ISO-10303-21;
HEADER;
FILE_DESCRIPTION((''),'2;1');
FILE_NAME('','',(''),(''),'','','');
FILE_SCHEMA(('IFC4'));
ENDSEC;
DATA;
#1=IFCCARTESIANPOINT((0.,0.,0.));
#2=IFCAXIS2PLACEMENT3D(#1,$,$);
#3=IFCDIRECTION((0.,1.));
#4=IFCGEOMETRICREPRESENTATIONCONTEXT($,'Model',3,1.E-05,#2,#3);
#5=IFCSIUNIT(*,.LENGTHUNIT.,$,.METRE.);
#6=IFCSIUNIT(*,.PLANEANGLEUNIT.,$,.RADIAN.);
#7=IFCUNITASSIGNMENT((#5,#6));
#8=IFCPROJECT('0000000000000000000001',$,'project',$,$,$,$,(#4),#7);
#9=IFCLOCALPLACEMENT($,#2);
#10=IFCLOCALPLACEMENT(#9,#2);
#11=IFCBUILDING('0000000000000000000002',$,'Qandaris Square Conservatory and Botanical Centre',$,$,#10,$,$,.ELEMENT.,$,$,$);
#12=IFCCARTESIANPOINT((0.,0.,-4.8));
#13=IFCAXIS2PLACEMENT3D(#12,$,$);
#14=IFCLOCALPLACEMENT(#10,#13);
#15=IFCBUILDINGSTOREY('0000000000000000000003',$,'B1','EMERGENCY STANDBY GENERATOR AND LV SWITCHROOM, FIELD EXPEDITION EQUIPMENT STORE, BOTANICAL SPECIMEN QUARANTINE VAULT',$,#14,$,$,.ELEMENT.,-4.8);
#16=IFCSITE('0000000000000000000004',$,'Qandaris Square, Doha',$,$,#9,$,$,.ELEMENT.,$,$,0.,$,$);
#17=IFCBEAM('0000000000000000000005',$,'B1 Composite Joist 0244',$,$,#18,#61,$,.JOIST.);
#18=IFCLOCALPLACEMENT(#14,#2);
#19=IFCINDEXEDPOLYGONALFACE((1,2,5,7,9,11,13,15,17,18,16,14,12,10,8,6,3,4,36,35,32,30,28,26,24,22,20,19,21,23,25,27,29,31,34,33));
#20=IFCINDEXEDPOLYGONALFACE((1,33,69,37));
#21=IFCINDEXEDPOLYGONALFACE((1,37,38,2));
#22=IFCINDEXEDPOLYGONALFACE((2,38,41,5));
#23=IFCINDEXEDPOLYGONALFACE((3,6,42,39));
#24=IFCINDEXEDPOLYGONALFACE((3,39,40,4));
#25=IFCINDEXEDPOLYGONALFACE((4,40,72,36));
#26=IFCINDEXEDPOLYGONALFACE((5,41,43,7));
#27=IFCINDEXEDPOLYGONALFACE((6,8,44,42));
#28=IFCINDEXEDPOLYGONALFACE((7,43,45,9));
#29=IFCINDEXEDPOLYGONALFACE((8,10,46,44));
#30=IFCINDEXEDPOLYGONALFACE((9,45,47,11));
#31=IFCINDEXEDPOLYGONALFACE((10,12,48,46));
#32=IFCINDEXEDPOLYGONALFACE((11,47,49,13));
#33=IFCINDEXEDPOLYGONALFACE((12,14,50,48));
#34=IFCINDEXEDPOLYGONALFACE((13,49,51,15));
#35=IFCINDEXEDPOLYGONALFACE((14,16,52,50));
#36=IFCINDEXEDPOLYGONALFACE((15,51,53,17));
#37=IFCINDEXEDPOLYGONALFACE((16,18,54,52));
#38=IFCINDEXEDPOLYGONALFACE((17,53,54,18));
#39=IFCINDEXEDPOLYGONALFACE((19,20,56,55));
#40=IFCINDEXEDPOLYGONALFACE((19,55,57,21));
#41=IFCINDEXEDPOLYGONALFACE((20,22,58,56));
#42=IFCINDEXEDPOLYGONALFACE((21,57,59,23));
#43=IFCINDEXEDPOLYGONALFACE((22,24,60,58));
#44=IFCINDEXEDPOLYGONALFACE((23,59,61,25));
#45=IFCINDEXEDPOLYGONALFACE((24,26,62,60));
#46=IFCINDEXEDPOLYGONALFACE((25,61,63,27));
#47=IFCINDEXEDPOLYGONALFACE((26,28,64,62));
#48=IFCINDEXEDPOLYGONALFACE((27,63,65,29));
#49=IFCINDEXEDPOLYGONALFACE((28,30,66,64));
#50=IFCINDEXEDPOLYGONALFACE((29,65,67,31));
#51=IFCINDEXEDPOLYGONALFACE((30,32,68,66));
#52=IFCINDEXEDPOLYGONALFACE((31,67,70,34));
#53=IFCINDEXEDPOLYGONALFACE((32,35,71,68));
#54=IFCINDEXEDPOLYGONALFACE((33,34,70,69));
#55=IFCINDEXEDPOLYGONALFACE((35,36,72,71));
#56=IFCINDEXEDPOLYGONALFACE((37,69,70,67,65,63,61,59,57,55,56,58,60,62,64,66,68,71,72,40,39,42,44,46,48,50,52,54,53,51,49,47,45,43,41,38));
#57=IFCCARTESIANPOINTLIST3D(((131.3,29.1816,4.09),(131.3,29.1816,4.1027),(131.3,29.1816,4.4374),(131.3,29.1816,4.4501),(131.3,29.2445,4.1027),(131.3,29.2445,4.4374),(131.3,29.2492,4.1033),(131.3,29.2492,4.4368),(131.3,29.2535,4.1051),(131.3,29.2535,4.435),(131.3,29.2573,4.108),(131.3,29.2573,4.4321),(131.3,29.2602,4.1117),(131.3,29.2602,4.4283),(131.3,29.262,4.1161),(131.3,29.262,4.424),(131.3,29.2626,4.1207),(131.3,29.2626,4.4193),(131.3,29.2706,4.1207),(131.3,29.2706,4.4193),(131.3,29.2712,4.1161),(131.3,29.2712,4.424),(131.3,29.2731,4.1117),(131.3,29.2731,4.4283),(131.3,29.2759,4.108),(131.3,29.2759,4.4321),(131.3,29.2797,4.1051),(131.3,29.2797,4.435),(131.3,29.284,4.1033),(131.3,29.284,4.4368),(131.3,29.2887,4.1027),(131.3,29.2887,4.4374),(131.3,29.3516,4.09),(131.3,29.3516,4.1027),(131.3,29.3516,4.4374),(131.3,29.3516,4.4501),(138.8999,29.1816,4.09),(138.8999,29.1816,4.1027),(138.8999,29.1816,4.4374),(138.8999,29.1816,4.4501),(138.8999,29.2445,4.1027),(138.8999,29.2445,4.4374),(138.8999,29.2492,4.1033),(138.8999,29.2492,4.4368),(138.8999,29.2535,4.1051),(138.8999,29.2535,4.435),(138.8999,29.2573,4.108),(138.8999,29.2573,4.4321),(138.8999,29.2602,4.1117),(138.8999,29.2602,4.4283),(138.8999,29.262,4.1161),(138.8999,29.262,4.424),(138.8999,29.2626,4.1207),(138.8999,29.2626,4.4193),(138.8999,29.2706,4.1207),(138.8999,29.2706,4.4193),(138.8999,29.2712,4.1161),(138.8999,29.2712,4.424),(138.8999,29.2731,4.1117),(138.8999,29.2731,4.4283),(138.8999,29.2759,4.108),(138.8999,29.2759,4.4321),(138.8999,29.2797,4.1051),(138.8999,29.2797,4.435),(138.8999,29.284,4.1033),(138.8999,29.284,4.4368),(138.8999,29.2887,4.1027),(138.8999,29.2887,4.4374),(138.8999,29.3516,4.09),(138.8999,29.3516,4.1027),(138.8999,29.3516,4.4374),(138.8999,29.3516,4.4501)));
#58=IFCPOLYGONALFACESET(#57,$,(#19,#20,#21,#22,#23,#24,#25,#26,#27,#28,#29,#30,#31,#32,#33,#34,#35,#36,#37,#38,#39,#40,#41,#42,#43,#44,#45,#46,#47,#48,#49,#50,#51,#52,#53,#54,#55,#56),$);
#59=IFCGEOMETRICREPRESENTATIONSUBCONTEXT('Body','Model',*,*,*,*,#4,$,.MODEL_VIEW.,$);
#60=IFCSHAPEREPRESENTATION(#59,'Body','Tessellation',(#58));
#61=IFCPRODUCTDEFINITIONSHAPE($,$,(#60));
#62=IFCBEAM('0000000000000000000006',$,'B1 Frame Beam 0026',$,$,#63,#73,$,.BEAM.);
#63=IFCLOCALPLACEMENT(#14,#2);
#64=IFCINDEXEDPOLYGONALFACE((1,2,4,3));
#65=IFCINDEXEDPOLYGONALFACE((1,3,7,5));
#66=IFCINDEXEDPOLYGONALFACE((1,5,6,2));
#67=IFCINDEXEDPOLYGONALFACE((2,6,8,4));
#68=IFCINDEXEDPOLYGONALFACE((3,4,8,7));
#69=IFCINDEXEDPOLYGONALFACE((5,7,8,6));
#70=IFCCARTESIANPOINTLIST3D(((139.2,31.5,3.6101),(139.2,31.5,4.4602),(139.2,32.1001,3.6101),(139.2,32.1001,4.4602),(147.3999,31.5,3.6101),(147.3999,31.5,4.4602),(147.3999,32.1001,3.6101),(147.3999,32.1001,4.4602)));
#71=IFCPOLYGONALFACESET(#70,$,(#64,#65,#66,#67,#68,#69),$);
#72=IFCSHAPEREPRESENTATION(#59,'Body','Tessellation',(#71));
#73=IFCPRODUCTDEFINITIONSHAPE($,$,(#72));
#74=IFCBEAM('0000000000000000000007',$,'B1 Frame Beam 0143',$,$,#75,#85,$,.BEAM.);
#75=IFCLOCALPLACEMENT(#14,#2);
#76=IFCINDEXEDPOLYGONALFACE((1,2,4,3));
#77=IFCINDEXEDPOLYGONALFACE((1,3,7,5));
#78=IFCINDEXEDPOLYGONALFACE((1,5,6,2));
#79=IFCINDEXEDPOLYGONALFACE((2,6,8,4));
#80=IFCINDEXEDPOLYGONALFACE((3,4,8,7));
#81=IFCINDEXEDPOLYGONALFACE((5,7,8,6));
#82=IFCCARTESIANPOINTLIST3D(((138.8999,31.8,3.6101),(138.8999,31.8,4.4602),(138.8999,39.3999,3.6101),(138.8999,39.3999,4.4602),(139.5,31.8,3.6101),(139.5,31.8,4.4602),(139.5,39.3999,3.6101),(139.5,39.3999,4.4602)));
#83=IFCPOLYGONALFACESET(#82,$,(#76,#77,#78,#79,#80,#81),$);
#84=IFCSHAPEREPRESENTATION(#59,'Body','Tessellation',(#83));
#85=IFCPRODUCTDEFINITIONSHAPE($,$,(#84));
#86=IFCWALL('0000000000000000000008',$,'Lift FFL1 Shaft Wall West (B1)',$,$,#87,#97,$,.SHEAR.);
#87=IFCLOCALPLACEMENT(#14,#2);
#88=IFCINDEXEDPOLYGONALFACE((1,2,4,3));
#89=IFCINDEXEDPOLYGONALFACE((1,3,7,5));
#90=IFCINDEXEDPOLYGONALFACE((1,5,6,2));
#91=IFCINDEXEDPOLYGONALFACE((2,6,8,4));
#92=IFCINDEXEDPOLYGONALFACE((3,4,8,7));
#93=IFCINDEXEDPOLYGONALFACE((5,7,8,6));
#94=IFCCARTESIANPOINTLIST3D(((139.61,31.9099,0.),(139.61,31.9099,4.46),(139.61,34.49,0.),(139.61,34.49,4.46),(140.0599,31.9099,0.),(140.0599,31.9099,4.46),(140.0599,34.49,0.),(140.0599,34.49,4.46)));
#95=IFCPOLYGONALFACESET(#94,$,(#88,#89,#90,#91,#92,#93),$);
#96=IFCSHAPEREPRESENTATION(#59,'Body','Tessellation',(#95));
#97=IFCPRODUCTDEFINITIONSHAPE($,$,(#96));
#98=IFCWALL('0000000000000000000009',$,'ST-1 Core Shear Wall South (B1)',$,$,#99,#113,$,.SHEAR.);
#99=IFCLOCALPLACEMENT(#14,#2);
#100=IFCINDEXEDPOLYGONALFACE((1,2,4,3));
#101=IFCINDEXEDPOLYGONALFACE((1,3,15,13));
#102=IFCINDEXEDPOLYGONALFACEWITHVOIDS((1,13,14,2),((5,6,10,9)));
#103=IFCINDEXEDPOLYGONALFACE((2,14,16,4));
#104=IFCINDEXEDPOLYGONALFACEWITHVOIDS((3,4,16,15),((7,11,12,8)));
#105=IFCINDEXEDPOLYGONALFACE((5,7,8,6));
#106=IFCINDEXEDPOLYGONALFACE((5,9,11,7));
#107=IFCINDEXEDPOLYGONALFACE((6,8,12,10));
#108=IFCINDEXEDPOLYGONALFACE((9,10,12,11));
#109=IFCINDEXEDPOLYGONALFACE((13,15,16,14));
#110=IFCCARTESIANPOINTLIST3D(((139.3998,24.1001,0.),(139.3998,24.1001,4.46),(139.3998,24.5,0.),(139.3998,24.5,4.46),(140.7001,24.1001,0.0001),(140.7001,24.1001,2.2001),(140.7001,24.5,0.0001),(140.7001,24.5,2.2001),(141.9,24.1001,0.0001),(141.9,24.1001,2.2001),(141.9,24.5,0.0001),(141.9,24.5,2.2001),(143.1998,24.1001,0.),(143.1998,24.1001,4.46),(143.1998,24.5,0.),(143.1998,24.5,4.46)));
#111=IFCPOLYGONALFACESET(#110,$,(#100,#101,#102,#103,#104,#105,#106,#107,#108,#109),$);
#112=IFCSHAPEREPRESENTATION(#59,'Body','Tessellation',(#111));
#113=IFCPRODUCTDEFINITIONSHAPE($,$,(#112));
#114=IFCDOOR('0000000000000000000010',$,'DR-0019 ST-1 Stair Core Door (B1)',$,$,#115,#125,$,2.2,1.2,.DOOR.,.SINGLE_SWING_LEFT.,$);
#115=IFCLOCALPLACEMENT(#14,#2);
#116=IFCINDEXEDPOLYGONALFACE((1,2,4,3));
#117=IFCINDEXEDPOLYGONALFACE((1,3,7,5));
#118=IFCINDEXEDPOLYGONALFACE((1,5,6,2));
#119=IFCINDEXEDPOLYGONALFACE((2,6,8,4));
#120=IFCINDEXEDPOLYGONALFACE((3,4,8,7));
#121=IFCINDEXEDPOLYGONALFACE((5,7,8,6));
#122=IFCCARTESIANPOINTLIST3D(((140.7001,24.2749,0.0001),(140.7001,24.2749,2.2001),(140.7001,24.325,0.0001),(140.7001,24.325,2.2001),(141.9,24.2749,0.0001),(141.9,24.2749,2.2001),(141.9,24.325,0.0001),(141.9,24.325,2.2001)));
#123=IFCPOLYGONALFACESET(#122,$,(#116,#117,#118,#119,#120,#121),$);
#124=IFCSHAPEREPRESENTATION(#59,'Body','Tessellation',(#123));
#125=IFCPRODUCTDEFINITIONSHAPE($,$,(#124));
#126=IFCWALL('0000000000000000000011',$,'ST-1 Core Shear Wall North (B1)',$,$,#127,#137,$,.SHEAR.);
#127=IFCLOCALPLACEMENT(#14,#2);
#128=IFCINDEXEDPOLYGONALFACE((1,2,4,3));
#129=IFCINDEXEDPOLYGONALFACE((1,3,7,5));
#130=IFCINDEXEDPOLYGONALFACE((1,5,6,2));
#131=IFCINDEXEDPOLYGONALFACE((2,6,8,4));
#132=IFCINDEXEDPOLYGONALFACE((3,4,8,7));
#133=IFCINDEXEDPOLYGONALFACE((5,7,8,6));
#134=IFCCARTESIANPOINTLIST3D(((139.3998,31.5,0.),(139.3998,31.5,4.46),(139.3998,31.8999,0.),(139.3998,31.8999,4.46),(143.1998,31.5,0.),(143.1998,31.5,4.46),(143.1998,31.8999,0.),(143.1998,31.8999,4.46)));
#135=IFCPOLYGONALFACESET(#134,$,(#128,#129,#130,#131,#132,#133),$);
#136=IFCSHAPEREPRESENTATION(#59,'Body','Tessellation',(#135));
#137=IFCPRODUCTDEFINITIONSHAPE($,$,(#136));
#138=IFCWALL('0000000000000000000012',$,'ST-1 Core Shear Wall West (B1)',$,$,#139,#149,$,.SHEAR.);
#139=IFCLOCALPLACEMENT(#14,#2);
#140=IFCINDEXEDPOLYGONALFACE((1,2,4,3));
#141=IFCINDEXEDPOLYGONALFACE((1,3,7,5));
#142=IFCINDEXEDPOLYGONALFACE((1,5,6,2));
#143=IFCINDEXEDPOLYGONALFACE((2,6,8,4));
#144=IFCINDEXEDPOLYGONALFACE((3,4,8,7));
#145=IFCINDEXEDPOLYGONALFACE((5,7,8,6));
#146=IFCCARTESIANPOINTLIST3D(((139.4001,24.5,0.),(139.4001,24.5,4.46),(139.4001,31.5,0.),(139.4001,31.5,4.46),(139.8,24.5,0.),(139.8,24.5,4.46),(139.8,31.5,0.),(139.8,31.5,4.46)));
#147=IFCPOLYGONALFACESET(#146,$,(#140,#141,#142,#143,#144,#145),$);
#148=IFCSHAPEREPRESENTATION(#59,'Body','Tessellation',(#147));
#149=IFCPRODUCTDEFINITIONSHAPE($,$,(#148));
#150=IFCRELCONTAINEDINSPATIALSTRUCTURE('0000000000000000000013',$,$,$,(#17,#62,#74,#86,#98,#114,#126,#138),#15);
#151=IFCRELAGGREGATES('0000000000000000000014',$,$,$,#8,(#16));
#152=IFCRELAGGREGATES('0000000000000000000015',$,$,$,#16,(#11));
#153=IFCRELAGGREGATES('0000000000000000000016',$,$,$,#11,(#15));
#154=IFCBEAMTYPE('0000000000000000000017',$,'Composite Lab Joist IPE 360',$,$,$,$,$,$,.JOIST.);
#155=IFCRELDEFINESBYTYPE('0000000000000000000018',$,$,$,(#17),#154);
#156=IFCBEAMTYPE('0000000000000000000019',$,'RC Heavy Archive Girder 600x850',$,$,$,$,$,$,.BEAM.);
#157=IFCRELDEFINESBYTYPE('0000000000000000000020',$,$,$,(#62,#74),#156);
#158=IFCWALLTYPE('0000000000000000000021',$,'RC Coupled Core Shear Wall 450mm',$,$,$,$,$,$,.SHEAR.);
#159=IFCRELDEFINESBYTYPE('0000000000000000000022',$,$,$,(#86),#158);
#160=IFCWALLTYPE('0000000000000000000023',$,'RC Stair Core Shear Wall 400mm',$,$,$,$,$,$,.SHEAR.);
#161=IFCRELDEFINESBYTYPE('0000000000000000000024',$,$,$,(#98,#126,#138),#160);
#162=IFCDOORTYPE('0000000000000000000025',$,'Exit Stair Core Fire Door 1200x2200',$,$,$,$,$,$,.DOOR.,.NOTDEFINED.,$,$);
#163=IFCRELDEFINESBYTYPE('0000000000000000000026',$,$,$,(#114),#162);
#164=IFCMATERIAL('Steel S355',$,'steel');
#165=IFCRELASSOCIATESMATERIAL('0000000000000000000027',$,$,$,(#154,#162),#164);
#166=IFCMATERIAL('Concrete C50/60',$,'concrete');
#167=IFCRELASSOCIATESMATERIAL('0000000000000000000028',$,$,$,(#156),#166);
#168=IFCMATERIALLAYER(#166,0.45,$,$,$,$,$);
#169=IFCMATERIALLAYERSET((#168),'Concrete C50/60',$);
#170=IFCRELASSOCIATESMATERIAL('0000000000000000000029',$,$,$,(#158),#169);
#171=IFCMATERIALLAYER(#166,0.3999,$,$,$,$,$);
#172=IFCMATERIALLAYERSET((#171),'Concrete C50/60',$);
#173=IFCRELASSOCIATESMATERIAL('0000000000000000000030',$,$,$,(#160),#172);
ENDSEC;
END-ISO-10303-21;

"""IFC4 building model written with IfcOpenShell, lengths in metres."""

from ifc_helpers import new_model, si_unit, direction, frame, frame_2d, origin, origin_2d, place, context, subcontext, project, spatial, rectangle, i_section, extrude, material, layer, layer_set, material_profile, profile_set, type_object, element, fill, save


model = new_model("IFC4")

# Units and contexts
model_context = context("Model", 3, precision=1e-05, world=origin(), true_north=direction((0.0, 1.0)))
body_context = subcontext(model_context, "Body", "Model", "MODEL_VIEW")
ifc_project = project(units=[si_unit("LENGTHUNIT", "METRE"), si_unit("PLANEANGLEUNIT", "RADIAN")], contexts=[model_context])

# Site, building, storey
site_placement = place(None, origin())
site = spatial("IfcSite", under=ifc_project, at=site_placement, Name="Qandaris Square, Doha", CompositionType="ELEMENT", RefElevation=0.0)
building_placement = place(site_placement, origin())
building = spatial("IfcBuilding", under=site, at=building_placement, Name="Qandaris Square Conservatory and Botanical Centre", CompositionType="ELEMENT")
storey_placement = place(building_placement, frame((0.0, 0.0, -4.8)))
storey = spatial("IfcBuildingStorey", under=building, at=storey_placement, Name="B1", Description="EMERGENCY STANDBY GENERATOR AND LV SWITCHROOM, FIELD EXPEDITION EQUIPMENT STORE, BOTANICAL SPECIMEN QUARANTINE VAULT", CompositionType="ELEMENT", Elevation=-4.8)

# Shared definitions
ifc_material_1 = material(Name="Concrete C50/60", Category="concrete")

# Beams
ifc_material_2 = material(Name="Steel S355", Category="steel")
ifc_material_profile_1 = material_profile(ifc_material_2, i_section(OverallWidth=0.1699, OverallDepth=0.3601, WebThickness=0.0081, FlangeThickness=0.0127, FilletRadius=0.0181, at=origin_2d()), Name="IPE 360")
ifc_profile_set_1 = profile_set([ifc_material_profile_1], Name="Steel S355")
beam_type_1 = type_object("IfcBeamType", Name="Composite Lab Joist IPE 360", PredefinedType="JOIST", material=ifc_profile_set_1)
beam_1_placement = place(storey_placement, frame((131.3, 29.2666, 4.27), z_axis=(1.0, 0.0, 0.0), x_axis=(0.0, 1.0, 0.0)))
element("IfcBeam", 1, at=beam_1_placement, inside=storey, type_object=beam_type_1, Name="B1 Composite Joist 0244", PredefinedType="JOIST", context=body_context, shape_type="SweptSolid", body=[
    extrude(i_section(OverallWidth=0.1699, OverallDepth=0.3601, WebThickness=0.0081, FlangeThickness=0.0127, FilletRadius=0.0181, at=origin_2d()), origin(), (0.0, 0.0, 1.0), 7.5999),
])
ifc_material_profile_2 = material_profile(ifc_material_1, rectangle(XDim=0.6001, YDim=0.8501, at=origin_2d()), Name="RC-BM 600x850")
ifc_profile_set_2 = profile_set([ifc_material_profile_2], Name="Concrete C50/60")
beam_type_2 = type_object("IfcBeamType", Name="RC Heavy Archive Girder 600x850", PredefinedType="BEAM", material=ifc_profile_set_2)
beam_2_placement = place(storey_placement, frame((139.2, 31.8, 4.0352), z_axis=(1.0, 0.0, 0.0), x_axis=(0.0, 1.0, 0.0)))
element("IfcBeam", 2, at=beam_2_placement, inside=storey, type_object=beam_type_2, Name="B1 Frame Beam 0026", PredefinedType="BEAM", context=body_context, shape_type="SweptSolid", body=[
    extrude(rectangle(XDim=0.6001, YDim=0.8501, at=origin_2d()), origin(), (0.0, 0.0, 1.0), 8.2),
])
beam_3_placement = place(storey_placement, frame((139.2, 31.8, 4.0352), z_axis=(0.0, 1.0, 0.0), x_axis=(-1.0, 0.0, 0.0)))
element("IfcBeam", 3, at=beam_3_placement, inside=storey, type_object=beam_type_2, Name="B1 Frame Beam 0143", PredefinedType="BEAM", context=body_context, shape_type="SweptSolid", body=[
    extrude(rectangle(XDim=0.6001, YDim=0.8501, at=origin_2d()), origin(), (0.0, 0.0, 1.0), 7.5999),
])

# Wall
ifc_layer_1 = layer(ifc_material_1, 0.45)
ifc_layer_set_1 = layer_set([ifc_layer_1], Name="Concrete C50/60")
wall_type_1 = type_object("IfcWallType", Name="RC Coupled Core Shear Wall 450mm", PredefinedType="SHEAR", material=ifc_layer_set_1)
wall_1_placement = place(storey_placement, frame((139.835, 31.9099, 0.0), z_axis=(0.0, 0.0, 1.0), x_axis=(0.0, 1.0, 0.0)))
element("IfcWall", 4, at=wall_1_placement, inside=storey, type_object=wall_type_1, Name="Lift FFL1 Shaft Wall West (B1)", PredefinedType="SHEAR", context=body_context, shape_type="SweptSolid", body=[
    extrude(rectangle(XDim=2.5801, YDim=0.45, at=frame_2d((1.29, 0.0))), origin(), (0.0, 0.0, 1.0), 4.46),
])

# Wall, opening, door
ifc_layer_2 = layer(ifc_material_1, 0.3999)
ifc_layer_set_2 = layer_set([ifc_layer_2], Name="Concrete C50/60")
wall_type_2 = type_object("IfcWallType", Name="RC Stair Core Shear Wall 400mm", PredefinedType="SHEAR", material=ifc_layer_set_2)
wall_2_placement = place(storey_placement, frame((139.3999, 24.3, 0.0), z_axis=(0.0, 0.0, 1.0), x_axis=(1.0, 0.0, 0.0)))
wall_2 = element("IfcWall", 5, at=wall_2_placement, inside=storey, type_object=wall_type_2, Name="ST-1 Core Shear Wall South (B1)", PredefinedType="SHEAR", context=body_context, shape_type="SweptSolid", body=[
    extrude(rectangle(XDim=3.8, YDim=0.3999, at=frame_2d((1.8999, 0.0))), origin(), (0.0, 0.0, 1.0), 4.46),
])
opening_placement = place(wall_2_placement, frame((1.3, 0.0, 0.0)))
opening = element("IfcOpeningElement", 6, at=opening_placement, cuts=wall_2, PredefinedType="OPENING", context=body_context, shape_type="SweptSolid", body=[
    extrude(rectangle(XDim=1.2, YDim=2.2, at=frame_2d((0.6001, 1.1001))), frame((0.0, 0.2119, 0.0), z_axis=(0.0, -1.0, 0.0), x_axis=(1.0, 0.0, 0.0)), (0.0, 0.0, 1.0), 0.4238),
])
door_type = type_object("IfcDoorType", Name="Exit Stair Core Fire Door 1200x2200", OperationType="NOTDEFINED", PredefinedType="DOOR", material=ifc_material_2)
door_placement = place(opening_placement, origin())
door = element("IfcDoor", 7, at=door_placement, inside=storey, type_object=door_type, Name="DR-0019 ST-1 Stair Core Door (B1)", OperationType="SINGLE_SWING_LEFT", OverallHeight=2.2, OverallWidth=1.2, PredefinedType="DOOR", context=body_context, shape_type="SweptSolid", body=[
    extrude(rectangle(XDim=1.2, YDim=2.2, at=frame_2d((0.6001, 1.1001))), frame((0.0, 0.0249, 0.0), z_axis=(0.0, -1.0, 0.0), x_axis=(1.0, 0.0, 0.0)), (0.0, 0.0, 1.0), 0.05),
])
fill(opening, door)

# Walls
wall_3_placement = place(storey_placement, frame((139.3999, 31.7, 0.0), z_axis=(0.0, 0.0, 1.0), x_axis=(1.0, 0.0, 0.0)))
element("IfcWall", 8, at=wall_3_placement, inside=storey, type_object=wall_type_2, Name="ST-1 Core Shear Wall North (B1)", PredefinedType="SHEAR", context=body_context, shape_type="SweptSolid", body=[
    extrude(rectangle(XDim=3.8, YDim=0.3999, at=frame_2d((1.8999, 0.0))), origin(), (0.0, 0.0, 1.0), 4.46),
])
wall_4_placement = place(storey_placement, frame((139.6001, 24.5, 0.0), z_axis=(0.0, 0.0, 1.0), x_axis=(0.0, 1.0, 0.0)))
element("IfcWall", 9, at=wall_4_placement, inside=storey, type_object=wall_type_2, Name="ST-1 Core Shear Wall West (B1)", PredefinedType="SHEAR", context=body_context, shape_type="SweptSolid", body=[
    extrude(rectangle(XDim=7.0, YDim=0.3999, at=frame_2d((3.5, 0.0))), origin(), (0.0, 0.0, 1.0), 4.46),
])

save(model, "model.ifc")
